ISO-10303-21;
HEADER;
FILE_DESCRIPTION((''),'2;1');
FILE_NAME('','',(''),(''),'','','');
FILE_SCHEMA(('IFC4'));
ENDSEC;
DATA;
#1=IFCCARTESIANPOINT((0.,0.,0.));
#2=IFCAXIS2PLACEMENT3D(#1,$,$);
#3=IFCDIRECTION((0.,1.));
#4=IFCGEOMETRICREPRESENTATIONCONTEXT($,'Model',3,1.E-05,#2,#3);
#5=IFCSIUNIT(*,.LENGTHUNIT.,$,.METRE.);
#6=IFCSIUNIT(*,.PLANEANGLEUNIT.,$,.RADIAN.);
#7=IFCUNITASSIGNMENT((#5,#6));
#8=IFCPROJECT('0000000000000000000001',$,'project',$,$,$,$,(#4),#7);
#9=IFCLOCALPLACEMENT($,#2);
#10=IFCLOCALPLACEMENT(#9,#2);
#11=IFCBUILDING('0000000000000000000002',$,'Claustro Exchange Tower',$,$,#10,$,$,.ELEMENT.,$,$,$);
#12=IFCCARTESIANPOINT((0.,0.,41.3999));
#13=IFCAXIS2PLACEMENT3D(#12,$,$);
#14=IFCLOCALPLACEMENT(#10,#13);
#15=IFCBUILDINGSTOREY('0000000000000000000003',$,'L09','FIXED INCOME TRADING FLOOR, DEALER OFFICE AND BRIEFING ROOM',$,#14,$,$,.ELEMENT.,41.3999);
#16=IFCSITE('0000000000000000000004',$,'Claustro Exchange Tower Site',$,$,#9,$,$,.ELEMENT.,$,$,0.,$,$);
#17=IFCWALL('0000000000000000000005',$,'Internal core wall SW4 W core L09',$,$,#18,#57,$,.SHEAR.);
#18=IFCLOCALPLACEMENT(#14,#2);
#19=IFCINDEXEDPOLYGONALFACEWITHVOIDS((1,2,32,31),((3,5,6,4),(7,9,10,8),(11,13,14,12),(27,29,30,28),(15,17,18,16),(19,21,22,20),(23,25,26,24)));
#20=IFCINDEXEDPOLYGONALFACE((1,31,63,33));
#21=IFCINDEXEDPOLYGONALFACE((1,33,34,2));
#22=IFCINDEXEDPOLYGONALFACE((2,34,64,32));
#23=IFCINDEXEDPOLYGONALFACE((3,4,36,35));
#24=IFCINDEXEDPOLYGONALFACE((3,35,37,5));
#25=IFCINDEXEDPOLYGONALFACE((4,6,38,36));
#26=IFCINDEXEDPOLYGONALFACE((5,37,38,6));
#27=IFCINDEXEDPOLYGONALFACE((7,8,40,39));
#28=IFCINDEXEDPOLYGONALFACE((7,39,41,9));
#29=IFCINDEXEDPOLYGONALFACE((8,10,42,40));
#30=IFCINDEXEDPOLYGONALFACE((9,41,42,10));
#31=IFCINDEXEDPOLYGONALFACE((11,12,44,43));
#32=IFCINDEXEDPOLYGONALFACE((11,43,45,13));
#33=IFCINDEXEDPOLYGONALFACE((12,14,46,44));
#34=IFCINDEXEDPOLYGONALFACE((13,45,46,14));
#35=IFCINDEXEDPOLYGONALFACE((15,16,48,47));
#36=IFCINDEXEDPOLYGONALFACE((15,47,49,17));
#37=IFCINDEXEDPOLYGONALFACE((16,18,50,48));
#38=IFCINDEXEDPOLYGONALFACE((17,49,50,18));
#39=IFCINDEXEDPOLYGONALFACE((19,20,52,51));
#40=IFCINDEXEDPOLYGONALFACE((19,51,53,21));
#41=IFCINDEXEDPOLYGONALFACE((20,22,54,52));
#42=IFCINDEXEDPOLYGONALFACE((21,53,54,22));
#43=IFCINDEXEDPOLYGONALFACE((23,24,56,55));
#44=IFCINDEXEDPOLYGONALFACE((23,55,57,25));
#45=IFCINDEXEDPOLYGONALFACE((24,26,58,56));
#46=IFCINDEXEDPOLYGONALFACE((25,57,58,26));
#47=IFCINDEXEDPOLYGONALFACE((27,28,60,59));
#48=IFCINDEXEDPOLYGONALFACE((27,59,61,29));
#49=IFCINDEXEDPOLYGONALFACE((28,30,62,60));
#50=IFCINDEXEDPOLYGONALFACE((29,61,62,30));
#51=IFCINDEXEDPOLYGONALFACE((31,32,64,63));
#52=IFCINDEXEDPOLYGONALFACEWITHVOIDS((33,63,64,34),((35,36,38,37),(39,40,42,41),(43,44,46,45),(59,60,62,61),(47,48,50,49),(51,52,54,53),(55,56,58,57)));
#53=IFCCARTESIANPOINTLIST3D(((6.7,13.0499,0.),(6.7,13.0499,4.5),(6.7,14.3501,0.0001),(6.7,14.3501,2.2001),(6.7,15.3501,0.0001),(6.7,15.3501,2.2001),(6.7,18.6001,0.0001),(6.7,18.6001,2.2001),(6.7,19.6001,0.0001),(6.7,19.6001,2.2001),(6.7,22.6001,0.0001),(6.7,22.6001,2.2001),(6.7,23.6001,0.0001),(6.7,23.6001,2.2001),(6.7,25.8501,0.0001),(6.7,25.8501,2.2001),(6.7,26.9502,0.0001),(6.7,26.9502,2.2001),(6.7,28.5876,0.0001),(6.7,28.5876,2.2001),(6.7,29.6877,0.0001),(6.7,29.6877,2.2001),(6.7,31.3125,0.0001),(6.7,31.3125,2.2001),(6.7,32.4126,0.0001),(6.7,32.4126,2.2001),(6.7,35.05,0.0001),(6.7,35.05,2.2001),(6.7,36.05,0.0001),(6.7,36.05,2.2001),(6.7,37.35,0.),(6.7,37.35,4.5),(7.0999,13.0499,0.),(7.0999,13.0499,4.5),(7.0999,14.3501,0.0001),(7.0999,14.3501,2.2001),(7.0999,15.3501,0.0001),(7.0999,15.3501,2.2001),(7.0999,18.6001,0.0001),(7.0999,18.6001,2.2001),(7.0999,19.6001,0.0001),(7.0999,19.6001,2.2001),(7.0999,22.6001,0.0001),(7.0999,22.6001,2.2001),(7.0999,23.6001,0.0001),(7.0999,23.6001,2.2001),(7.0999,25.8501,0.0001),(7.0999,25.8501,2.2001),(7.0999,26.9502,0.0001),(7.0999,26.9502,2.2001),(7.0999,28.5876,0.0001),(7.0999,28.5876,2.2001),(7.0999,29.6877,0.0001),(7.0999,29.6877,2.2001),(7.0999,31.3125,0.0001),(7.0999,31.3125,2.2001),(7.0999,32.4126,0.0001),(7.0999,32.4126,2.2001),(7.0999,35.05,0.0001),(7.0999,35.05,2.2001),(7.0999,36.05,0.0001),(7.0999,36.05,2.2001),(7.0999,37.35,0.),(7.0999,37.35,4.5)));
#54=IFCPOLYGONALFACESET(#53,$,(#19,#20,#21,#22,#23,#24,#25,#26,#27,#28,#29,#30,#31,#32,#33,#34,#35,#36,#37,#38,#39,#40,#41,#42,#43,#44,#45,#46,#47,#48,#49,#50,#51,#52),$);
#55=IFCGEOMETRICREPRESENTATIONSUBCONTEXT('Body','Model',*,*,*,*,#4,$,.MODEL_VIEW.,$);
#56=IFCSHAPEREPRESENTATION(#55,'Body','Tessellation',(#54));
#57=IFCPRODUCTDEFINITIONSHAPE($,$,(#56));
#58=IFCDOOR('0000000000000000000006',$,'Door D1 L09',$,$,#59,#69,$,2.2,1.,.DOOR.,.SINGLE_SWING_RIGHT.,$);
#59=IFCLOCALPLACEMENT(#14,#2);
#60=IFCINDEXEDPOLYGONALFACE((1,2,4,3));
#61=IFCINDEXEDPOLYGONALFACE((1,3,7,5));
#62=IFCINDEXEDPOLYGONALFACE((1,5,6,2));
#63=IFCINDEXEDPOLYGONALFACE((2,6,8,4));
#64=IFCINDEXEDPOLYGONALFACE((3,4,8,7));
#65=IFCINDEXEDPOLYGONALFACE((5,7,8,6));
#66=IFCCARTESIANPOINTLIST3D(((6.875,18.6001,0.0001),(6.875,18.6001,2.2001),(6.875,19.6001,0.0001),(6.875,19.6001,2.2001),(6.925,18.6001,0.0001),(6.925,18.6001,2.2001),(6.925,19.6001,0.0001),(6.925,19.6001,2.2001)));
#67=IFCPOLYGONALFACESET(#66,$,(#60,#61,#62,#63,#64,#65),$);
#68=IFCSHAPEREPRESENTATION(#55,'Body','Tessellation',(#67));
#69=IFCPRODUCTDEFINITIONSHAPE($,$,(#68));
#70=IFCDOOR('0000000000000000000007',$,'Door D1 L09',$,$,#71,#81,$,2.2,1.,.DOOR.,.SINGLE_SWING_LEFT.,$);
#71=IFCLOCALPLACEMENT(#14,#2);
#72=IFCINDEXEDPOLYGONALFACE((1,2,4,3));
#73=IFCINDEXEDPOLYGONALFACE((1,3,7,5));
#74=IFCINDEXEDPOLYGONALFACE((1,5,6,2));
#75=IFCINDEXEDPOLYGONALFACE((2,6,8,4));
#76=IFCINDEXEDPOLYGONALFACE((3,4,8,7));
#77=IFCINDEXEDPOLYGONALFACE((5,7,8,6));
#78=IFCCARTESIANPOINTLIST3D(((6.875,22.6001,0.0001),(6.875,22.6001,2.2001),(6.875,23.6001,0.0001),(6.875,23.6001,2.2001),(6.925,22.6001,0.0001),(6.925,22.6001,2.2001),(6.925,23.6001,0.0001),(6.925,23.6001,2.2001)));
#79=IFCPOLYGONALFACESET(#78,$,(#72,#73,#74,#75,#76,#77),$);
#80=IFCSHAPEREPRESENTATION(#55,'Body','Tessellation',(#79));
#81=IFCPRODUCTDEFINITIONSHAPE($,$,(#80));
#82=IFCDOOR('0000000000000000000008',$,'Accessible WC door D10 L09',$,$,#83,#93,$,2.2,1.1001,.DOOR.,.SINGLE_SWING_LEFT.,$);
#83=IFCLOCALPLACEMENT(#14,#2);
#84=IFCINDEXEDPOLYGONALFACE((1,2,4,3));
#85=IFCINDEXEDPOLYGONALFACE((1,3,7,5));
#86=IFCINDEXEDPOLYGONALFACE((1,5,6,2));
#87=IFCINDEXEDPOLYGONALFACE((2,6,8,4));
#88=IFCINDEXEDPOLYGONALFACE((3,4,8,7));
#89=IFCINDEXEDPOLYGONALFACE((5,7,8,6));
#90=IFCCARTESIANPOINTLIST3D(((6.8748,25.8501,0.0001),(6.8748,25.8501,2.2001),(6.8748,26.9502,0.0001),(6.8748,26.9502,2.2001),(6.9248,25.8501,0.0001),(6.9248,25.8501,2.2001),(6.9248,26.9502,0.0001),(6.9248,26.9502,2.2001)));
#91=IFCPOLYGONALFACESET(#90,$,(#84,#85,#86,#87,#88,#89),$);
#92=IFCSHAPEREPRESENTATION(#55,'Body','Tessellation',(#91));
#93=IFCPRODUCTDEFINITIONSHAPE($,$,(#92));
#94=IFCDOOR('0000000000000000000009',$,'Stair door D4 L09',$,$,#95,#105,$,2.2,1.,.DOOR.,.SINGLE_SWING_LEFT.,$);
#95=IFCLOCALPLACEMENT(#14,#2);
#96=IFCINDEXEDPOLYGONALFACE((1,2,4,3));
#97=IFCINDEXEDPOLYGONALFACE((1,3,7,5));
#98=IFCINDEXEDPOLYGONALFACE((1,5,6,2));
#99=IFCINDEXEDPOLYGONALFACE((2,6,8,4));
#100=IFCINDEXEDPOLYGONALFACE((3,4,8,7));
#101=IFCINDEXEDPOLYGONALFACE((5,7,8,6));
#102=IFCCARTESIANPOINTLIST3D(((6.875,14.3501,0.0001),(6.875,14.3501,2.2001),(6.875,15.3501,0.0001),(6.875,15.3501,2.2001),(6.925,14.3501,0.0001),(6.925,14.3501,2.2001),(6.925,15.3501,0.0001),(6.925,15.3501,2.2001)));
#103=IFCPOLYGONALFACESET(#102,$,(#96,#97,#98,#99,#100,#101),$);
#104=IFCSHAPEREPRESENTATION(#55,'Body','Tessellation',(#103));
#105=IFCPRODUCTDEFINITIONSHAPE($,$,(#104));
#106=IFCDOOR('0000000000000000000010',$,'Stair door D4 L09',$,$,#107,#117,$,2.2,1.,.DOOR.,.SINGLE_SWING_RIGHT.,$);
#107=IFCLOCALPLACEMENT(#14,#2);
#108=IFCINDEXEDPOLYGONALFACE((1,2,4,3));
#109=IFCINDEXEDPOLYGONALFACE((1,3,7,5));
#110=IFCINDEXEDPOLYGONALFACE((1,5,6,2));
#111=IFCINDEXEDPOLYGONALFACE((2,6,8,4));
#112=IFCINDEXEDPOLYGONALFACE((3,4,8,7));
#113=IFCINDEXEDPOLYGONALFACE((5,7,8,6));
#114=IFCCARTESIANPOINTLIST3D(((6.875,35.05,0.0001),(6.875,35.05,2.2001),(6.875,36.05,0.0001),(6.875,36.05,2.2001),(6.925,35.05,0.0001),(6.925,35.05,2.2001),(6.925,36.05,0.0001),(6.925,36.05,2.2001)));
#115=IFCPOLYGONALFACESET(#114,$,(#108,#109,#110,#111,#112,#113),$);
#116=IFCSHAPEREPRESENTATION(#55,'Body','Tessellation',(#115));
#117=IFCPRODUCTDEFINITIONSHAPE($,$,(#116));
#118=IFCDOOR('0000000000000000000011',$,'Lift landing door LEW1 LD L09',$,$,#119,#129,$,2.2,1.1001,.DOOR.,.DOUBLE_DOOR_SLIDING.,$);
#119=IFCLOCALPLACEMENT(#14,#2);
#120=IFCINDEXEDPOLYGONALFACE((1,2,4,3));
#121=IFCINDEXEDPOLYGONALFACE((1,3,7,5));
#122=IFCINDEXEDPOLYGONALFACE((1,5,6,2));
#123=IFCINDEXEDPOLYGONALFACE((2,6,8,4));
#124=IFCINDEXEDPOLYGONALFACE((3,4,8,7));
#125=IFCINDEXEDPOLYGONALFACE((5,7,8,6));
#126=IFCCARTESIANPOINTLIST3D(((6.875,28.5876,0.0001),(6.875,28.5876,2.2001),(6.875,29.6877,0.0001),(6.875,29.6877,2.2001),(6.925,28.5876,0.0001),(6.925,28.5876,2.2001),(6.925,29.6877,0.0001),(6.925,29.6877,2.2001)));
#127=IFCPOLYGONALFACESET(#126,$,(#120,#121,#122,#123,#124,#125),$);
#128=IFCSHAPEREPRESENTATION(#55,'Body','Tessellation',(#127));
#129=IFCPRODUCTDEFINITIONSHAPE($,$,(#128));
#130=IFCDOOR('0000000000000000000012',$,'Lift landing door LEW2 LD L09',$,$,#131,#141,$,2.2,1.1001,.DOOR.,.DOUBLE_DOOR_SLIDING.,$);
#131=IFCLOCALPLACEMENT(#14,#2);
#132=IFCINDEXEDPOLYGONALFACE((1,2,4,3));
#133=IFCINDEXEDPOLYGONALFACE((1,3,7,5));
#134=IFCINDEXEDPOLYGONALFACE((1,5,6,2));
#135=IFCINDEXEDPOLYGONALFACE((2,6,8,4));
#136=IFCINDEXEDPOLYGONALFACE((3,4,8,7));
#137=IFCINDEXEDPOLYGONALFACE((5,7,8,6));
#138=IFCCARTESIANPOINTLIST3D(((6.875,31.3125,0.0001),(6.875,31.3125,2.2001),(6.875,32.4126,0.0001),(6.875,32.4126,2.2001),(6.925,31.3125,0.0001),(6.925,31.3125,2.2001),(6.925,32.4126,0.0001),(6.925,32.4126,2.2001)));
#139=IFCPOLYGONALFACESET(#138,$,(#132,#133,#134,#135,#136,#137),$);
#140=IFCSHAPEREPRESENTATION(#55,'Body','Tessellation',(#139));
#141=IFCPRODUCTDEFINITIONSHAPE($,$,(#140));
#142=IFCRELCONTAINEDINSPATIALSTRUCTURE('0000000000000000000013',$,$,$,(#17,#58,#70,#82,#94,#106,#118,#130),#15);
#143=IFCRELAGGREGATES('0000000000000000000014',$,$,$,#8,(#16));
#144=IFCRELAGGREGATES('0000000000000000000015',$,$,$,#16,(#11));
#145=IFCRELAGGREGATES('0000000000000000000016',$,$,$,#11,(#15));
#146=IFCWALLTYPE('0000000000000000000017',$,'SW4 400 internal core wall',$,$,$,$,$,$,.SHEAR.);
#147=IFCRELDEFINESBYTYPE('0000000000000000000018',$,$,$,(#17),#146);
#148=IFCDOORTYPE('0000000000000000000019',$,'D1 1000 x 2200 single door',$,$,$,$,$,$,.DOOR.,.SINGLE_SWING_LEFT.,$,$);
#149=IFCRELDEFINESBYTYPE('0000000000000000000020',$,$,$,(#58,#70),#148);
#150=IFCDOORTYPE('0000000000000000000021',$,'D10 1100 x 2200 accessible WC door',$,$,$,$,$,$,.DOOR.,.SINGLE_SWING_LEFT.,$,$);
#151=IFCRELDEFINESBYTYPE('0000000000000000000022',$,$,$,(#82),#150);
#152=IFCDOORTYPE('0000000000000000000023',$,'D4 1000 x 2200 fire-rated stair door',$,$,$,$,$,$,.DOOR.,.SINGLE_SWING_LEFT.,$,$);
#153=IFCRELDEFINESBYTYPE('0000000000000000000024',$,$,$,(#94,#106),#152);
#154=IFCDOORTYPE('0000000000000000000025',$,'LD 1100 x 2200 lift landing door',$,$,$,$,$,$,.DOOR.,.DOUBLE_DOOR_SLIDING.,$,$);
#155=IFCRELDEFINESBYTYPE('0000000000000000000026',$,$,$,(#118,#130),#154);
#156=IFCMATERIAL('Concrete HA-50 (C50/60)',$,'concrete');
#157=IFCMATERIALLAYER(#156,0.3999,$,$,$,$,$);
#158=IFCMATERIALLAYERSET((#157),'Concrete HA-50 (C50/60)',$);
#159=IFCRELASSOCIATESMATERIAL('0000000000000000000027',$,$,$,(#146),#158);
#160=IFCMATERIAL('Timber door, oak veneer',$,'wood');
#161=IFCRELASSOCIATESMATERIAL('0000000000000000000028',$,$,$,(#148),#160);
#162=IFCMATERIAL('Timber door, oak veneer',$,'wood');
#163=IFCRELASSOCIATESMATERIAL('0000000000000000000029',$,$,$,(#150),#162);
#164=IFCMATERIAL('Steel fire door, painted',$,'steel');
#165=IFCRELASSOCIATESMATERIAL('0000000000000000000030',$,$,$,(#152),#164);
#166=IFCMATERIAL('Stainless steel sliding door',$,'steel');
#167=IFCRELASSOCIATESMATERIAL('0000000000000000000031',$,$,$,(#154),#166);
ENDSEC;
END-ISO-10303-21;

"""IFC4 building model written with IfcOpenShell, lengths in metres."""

from ifc_helpers import new_model, si_unit, direction, frame, frame_2d, origin, place, context, subcontext, project, spatial, rectangle, extrude, material, layer, layer_set, type_object, element, fill, save


model = new_model("IFC4")

# Units and contexts
model_context = context("Model", 3, precision=1e-05, world=origin(), true_north=direction((0.0, 1.0)))
body_context = subcontext(model_context, "Body", "Model", "MODEL_VIEW")
ifc_project = project(units=[si_unit("LENGTHUNIT", "METRE"), si_unit("PLANEANGLEUNIT", "RADIAN")], contexts=[model_context])

# Site, building, storey
site_placement = place(None, origin())
site = spatial("IfcSite", under=ifc_project, at=site_placement, Name="Claustro Exchange Tower Site", CompositionType="ELEMENT", RefElevation=0.0)
building_placement = place(site_placement, origin())
building = spatial("IfcBuilding", under=site, at=building_placement, Name="Claustro Exchange Tower", CompositionType="ELEMENT")
storey_placement = place(building_placement, frame((0.0, 0.0, 41.3999)))
storey = spatial("IfcBuildingStorey", under=building, at=storey_placement, Name="L09", Description="FIXED INCOME TRADING FLOOR, DEALER OFFICE AND BRIEFING ROOM", CompositionType="ELEMENT", Elevation=41.3999)

# Wall, openings, doors
ifc_material_1 = material(Name="Concrete HA-50 (C50/60)", Category="concrete")
ifc_layer_1 = layer(ifc_material_1, 0.3999)
ifc_layer_set_1 = layer_set([ifc_layer_1], Name="Concrete HA-50 (C50/60)")
wall_type_1 = type_object("IfcWallType", Name="SW4 400 internal core wall", PredefinedType="SHEAR", material=ifc_layer_set_1)
wall_1_placement = place(storey_placement, frame((6.8999, 13.05, 0.0), z_axis=(0.0, 0.0, 1.0), x_axis=(0.0, 1.0, 0.0)))
wall_1 = element("IfcWall", 1, at=wall_1_placement, inside=storey, type_object=wall_type_1, Name="Internal core wall SW4 W core L09", PredefinedType="SHEAR", context=body_context, shape_type="SweptSolid", body=[
    extrude(rectangle(XDim=24.3, YDim=0.3999, at=frame_2d((12.1499, 0.0))), origin(), (0.0, 0.0, 1.0), 4.5),
])
opening_1_placement = place(wall_1_placement, frame((1.3, 0.0, 0.0)))
opening_1 = element("IfcOpeningElement", 2, at=opening_1_placement, cuts=wall_1, PredefinedType="OPENING", context=body_context, shape_type="SweptSolid", body=[
    extrude(rectangle(XDim=1.0, YDim=2.2, at=frame_2d((0.5, 1.1001))), frame((0.0, 0.21, 0.0), z_axis=(0.0, -1.0, 0.0), x_axis=(1.0, 0.0, 0.0)), (0.0, 0.0, 1.0), 0.4199),
])
opening_2_placement = place(wall_1_placement, frame((22.0, 0.0, 0.0)))
opening_2 = element("IfcOpeningElement", 3, at=opening_2_placement, cuts=wall_1, PredefinedType="OPENING", context=body_context, shape_type="SweptSolid", body=[
    extrude(rectangle(XDim=1.0, YDim=2.2, at=frame_2d((0.5, 1.1001))), frame((0.0, 0.21, 0.0), z_axis=(0.0, -1.0, 0.0), x_axis=(1.0, 0.0, 0.0)), (0.0, 0.0, 1.0), 0.4199),
])
opening_3_placement = place(wall_1_placement, frame((5.55, 0.0, 0.0)))
opening_3 = element("IfcOpeningElement", 4, at=opening_3_placement, cuts=wall_1, PredefinedType="OPENING", context=body_context, shape_type="SweptSolid", body=[
    extrude(rectangle(XDim=1.0, YDim=2.2, at=frame_2d((0.5, 1.1001))), frame((0.0, 0.21, 0.0), z_axis=(0.0, -1.0, 0.0), x_axis=(1.0, 0.0, 0.0)), (0.0, 0.0, 1.0), 0.4199),
])
opening_4_placement = place(wall_1_placement, frame((9.55, 0.0, 0.0)))
opening_4 = element("IfcOpeningElement", 5, at=opening_4_placement, cuts=wall_1, PredefinedType="OPENING", context=body_context, shape_type="SweptSolid", body=[
    extrude(rectangle(XDim=1.0, YDim=2.2, at=frame_2d((0.5, 1.1001))), frame((0.0, 0.21, 0.0), z_axis=(0.0, -1.0, 0.0), x_axis=(1.0, 0.0, 0.0)), (0.0, 0.0, 1.0), 0.4199),
])
opening_5_placement = place(wall_1_placement, frame((12.8, 0.0, 0.0)))
opening_5 = element("IfcOpeningElement", 6, at=opening_5_placement, cuts=wall_1, PredefinedType="OPENING", context=body_context, shape_type="SweptSolid", body=[
    extrude(rectangle(XDim=1.1001, YDim=2.2, at=frame_2d((0.55, 1.1001))), frame((0.0, 0.21, 0.0), z_axis=(0.0, -1.0, 0.0), x_axis=(1.0, 0.0, 0.0)), (0.0, 0.0, 1.0), 0.4199),
])
opening_6_placement = place(wall_1_placement, frame((15.5376, 0.0, 0.0)))
opening_6 = element("IfcOpeningElement", 7, at=opening_6_placement, cuts=wall_1, PredefinedType="OPENING", context=body_context, shape_type="SweptSolid", body=[
    extrude(rectangle(XDim=1.1001, YDim=2.2, at=frame_2d((0.55, 1.1001))), frame((0.0, 0.21, 0.0), z_axis=(0.0, -1.0, 0.0), x_axis=(1.0, 0.0, 0.0)), (0.0, 0.0, 1.0), 0.4199),
])
opening_7_placement = place(wall_1_placement, frame((18.2625, 0.0, 0.0)))
opening_7 = element("IfcOpeningElement", 8, at=opening_7_placement, cuts=wall_1, PredefinedType="OPENING", context=body_context, shape_type="SweptSolid", body=[
    extrude(rectangle(XDim=1.1001, YDim=2.2, at=frame_2d((0.55, 1.1001))), frame((0.0, 0.21, 0.0), z_axis=(0.0, -1.0, 0.0), x_axis=(1.0, 0.0, 0.0)), (0.0, 0.0, 1.0), 0.4199),
])
ifc_material_2 = material(Name="Timber door, oak veneer", Category="wood")
door_type_1 = type_object("IfcDoorType", Name="D1 1000 x 2200 single door", OperationType="SINGLE_SWING_LEFT", PredefinedType="DOOR", material=ifc_material_2)
door_1_placement = place(opening_3_placement, origin())
door_1 = element("IfcDoor", 9, at=door_1_placement, inside=storey, type_object=door_type_1, Name="Door D1 L09", OperationType="SINGLE_SWING_RIGHT", OverallHeight=2.2, OverallWidth=1.0, PredefinedType="DOOR", context=body_context, shape_type="SweptSolid", body=[
    extrude(rectangle(XDim=1.0, YDim=2.2, at=frame_2d((0.5, 1.1001))), frame((0.0, 0.0249, 0.0), z_axis=(0.0, -1.0, 0.0), x_axis=(1.0, 0.0, 0.0)), (0.0, 0.0, 1.0), 0.05),
])
fill(opening_3, door_1)
door_2_placement = place(opening_4_placement, origin())
door_2 = element("IfcDoor", 10, at=door_2_placement, inside=storey, type_object=door_type_1, Name="Door D1 L09", OperationType="SINGLE_SWING_LEFT", OverallHeight=2.2, OverallWidth=1.0, PredefinedType="DOOR", context=body_context, shape_type="SweptSolid", body=[
    extrude(rectangle(XDim=1.0, YDim=2.2, at=frame_2d((0.5, 1.1001))), frame((0.0, 0.0249, 0.0), z_axis=(0.0, -1.0, 0.0), x_axis=(1.0, 0.0, 0.0)), (0.0, 0.0, 1.0), 0.05),
])
fill(opening_4, door_2)
ifc_material_3 = material(Name="Timber door, oak veneer", Category="wood")
door_type_2 = type_object("IfcDoorType", Name="D10 1100 x 2200 accessible WC door", OperationType="SINGLE_SWING_LEFT", PredefinedType="DOOR", material=ifc_material_3)
door_3_placement = place(opening_5_placement, frame((1.1001, 0.0, 0.0), z_axis=(0.0, 0.0, 1.0), x_axis=(-1.0, 0.0, 0.0)))
door_3 = element("IfcDoor", 11, at=door_3_placement, inside=storey, type_object=door_type_2, Name="Accessible WC door D10 L09", OperationType="SINGLE_SWING_LEFT", OverallHeight=2.2, OverallWidth=1.1001, PredefinedType="DOOR", context=body_context, shape_type="SweptSolid", body=[
    extrude(rectangle(XDim=1.1001, YDim=2.2, at=frame_2d((0.55, 1.1001))), frame((0.0, 0.0249, 0.0), z_axis=(0.0, -1.0, 0.0), x_axis=(1.0, 0.0, 0.0)), (0.0, 0.0, 1.0), 0.05),
])
fill(opening_5, door_3)
ifc_material_4 = material(Name="Steel fire door, painted", Category="steel")
door_type_3 = type_object("IfcDoorType", Name="D4 1000 x 2200 fire-rated stair door", OperationType="SINGLE_SWING_LEFT", PredefinedType="DOOR", material=ifc_material_4)
door_4_placement = place(opening_1_placement, origin())
door_4 = element("IfcDoor", 12, at=door_4_placement, inside=storey, type_object=door_type_3, Name="Stair door D4 L09", OperationType="SINGLE_SWING_LEFT", OverallHeight=2.2, OverallWidth=1.0, PredefinedType="DOOR", context=body_context, shape_type="SweptSolid", body=[
    extrude(rectangle(XDim=1.0, YDim=2.2, at=frame_2d((0.5, 1.1001))), frame((0.0, 0.0249, 0.0), z_axis=(0.0, -1.0, 0.0), x_axis=(1.0, 0.0, 0.0)), (0.0, 0.0, 1.0), 0.05),
])
fill(opening_1, door_4)
door_5_placement = place(opening_2_placement, origin())
door_5 = element("IfcDoor", 13, at=door_5_placement, inside=storey, type_object=door_type_3, Name="Stair door D4 L09", OperationType="SINGLE_SWING_RIGHT", OverallHeight=2.2, OverallWidth=1.0, PredefinedType="DOOR", context=body_context, shape_type="SweptSolid", body=[
    extrude(rectangle(XDim=1.0, YDim=2.2, at=frame_2d((0.5, 1.1001))), frame((0.0, 0.0249, 0.0), z_axis=(0.0, -1.0, 0.0), x_axis=(1.0, 0.0, 0.0)), (0.0, 0.0, 1.0), 0.05),
])
fill(opening_2, door_5)
ifc_material_5 = material(Name="Stainless steel sliding door", Category="steel")
door_type_4 = type_object("IfcDoorType", Name="LD 1100 x 2200 lift landing door", OperationType="DOUBLE_DOOR_SLIDING", PredefinedType="DOOR", material=ifc_material_5)
door_6_placement = place(opening_6_placement, origin())
door_6 = element("IfcDoor", 14, at=door_6_placement, inside=storey, type_object=door_type_4, Name="Lift landing door LEW1 LD L09", OperationType="DOUBLE_DOOR_SLIDING", OverallHeight=2.2, OverallWidth=1.1001, PredefinedType="DOOR", context=body_context, shape_type="SweptSolid", body=[
    extrude(rectangle(XDim=1.1001, YDim=2.2, at=frame_2d((0.55, 1.1001))), frame((0.0, 0.0249, 0.0), z_axis=(0.0, -1.0, 0.0), x_axis=(1.0, 0.0, 0.0)), (0.0, 0.0, 1.0), 0.05),
])
fill(opening_6, door_6)
door_7_placement = place(opening_7_placement, origin())
door_7 = element("IfcDoor", 15, at=door_7_placement, inside=storey, type_object=door_type_4, Name="Lift landing door LEW2 LD L09", OperationType="DOUBLE_DOOR_SLIDING", OverallHeight=2.2, OverallWidth=1.1001, PredefinedType="DOOR", context=body_context, shape_type="SweptSolid", body=[
    extrude(rectangle(XDim=1.1001, YDim=2.2, at=frame_2d((0.55, 1.1001))), frame((0.0, 0.0249, 0.0), z_axis=(0.0, -1.0, 0.0), x_axis=(1.0, 0.0, 0.0)), (0.0, 0.0, 1.0), 0.05),
])
fill(opening_7, door_7)

save(model, "model.ifc")
